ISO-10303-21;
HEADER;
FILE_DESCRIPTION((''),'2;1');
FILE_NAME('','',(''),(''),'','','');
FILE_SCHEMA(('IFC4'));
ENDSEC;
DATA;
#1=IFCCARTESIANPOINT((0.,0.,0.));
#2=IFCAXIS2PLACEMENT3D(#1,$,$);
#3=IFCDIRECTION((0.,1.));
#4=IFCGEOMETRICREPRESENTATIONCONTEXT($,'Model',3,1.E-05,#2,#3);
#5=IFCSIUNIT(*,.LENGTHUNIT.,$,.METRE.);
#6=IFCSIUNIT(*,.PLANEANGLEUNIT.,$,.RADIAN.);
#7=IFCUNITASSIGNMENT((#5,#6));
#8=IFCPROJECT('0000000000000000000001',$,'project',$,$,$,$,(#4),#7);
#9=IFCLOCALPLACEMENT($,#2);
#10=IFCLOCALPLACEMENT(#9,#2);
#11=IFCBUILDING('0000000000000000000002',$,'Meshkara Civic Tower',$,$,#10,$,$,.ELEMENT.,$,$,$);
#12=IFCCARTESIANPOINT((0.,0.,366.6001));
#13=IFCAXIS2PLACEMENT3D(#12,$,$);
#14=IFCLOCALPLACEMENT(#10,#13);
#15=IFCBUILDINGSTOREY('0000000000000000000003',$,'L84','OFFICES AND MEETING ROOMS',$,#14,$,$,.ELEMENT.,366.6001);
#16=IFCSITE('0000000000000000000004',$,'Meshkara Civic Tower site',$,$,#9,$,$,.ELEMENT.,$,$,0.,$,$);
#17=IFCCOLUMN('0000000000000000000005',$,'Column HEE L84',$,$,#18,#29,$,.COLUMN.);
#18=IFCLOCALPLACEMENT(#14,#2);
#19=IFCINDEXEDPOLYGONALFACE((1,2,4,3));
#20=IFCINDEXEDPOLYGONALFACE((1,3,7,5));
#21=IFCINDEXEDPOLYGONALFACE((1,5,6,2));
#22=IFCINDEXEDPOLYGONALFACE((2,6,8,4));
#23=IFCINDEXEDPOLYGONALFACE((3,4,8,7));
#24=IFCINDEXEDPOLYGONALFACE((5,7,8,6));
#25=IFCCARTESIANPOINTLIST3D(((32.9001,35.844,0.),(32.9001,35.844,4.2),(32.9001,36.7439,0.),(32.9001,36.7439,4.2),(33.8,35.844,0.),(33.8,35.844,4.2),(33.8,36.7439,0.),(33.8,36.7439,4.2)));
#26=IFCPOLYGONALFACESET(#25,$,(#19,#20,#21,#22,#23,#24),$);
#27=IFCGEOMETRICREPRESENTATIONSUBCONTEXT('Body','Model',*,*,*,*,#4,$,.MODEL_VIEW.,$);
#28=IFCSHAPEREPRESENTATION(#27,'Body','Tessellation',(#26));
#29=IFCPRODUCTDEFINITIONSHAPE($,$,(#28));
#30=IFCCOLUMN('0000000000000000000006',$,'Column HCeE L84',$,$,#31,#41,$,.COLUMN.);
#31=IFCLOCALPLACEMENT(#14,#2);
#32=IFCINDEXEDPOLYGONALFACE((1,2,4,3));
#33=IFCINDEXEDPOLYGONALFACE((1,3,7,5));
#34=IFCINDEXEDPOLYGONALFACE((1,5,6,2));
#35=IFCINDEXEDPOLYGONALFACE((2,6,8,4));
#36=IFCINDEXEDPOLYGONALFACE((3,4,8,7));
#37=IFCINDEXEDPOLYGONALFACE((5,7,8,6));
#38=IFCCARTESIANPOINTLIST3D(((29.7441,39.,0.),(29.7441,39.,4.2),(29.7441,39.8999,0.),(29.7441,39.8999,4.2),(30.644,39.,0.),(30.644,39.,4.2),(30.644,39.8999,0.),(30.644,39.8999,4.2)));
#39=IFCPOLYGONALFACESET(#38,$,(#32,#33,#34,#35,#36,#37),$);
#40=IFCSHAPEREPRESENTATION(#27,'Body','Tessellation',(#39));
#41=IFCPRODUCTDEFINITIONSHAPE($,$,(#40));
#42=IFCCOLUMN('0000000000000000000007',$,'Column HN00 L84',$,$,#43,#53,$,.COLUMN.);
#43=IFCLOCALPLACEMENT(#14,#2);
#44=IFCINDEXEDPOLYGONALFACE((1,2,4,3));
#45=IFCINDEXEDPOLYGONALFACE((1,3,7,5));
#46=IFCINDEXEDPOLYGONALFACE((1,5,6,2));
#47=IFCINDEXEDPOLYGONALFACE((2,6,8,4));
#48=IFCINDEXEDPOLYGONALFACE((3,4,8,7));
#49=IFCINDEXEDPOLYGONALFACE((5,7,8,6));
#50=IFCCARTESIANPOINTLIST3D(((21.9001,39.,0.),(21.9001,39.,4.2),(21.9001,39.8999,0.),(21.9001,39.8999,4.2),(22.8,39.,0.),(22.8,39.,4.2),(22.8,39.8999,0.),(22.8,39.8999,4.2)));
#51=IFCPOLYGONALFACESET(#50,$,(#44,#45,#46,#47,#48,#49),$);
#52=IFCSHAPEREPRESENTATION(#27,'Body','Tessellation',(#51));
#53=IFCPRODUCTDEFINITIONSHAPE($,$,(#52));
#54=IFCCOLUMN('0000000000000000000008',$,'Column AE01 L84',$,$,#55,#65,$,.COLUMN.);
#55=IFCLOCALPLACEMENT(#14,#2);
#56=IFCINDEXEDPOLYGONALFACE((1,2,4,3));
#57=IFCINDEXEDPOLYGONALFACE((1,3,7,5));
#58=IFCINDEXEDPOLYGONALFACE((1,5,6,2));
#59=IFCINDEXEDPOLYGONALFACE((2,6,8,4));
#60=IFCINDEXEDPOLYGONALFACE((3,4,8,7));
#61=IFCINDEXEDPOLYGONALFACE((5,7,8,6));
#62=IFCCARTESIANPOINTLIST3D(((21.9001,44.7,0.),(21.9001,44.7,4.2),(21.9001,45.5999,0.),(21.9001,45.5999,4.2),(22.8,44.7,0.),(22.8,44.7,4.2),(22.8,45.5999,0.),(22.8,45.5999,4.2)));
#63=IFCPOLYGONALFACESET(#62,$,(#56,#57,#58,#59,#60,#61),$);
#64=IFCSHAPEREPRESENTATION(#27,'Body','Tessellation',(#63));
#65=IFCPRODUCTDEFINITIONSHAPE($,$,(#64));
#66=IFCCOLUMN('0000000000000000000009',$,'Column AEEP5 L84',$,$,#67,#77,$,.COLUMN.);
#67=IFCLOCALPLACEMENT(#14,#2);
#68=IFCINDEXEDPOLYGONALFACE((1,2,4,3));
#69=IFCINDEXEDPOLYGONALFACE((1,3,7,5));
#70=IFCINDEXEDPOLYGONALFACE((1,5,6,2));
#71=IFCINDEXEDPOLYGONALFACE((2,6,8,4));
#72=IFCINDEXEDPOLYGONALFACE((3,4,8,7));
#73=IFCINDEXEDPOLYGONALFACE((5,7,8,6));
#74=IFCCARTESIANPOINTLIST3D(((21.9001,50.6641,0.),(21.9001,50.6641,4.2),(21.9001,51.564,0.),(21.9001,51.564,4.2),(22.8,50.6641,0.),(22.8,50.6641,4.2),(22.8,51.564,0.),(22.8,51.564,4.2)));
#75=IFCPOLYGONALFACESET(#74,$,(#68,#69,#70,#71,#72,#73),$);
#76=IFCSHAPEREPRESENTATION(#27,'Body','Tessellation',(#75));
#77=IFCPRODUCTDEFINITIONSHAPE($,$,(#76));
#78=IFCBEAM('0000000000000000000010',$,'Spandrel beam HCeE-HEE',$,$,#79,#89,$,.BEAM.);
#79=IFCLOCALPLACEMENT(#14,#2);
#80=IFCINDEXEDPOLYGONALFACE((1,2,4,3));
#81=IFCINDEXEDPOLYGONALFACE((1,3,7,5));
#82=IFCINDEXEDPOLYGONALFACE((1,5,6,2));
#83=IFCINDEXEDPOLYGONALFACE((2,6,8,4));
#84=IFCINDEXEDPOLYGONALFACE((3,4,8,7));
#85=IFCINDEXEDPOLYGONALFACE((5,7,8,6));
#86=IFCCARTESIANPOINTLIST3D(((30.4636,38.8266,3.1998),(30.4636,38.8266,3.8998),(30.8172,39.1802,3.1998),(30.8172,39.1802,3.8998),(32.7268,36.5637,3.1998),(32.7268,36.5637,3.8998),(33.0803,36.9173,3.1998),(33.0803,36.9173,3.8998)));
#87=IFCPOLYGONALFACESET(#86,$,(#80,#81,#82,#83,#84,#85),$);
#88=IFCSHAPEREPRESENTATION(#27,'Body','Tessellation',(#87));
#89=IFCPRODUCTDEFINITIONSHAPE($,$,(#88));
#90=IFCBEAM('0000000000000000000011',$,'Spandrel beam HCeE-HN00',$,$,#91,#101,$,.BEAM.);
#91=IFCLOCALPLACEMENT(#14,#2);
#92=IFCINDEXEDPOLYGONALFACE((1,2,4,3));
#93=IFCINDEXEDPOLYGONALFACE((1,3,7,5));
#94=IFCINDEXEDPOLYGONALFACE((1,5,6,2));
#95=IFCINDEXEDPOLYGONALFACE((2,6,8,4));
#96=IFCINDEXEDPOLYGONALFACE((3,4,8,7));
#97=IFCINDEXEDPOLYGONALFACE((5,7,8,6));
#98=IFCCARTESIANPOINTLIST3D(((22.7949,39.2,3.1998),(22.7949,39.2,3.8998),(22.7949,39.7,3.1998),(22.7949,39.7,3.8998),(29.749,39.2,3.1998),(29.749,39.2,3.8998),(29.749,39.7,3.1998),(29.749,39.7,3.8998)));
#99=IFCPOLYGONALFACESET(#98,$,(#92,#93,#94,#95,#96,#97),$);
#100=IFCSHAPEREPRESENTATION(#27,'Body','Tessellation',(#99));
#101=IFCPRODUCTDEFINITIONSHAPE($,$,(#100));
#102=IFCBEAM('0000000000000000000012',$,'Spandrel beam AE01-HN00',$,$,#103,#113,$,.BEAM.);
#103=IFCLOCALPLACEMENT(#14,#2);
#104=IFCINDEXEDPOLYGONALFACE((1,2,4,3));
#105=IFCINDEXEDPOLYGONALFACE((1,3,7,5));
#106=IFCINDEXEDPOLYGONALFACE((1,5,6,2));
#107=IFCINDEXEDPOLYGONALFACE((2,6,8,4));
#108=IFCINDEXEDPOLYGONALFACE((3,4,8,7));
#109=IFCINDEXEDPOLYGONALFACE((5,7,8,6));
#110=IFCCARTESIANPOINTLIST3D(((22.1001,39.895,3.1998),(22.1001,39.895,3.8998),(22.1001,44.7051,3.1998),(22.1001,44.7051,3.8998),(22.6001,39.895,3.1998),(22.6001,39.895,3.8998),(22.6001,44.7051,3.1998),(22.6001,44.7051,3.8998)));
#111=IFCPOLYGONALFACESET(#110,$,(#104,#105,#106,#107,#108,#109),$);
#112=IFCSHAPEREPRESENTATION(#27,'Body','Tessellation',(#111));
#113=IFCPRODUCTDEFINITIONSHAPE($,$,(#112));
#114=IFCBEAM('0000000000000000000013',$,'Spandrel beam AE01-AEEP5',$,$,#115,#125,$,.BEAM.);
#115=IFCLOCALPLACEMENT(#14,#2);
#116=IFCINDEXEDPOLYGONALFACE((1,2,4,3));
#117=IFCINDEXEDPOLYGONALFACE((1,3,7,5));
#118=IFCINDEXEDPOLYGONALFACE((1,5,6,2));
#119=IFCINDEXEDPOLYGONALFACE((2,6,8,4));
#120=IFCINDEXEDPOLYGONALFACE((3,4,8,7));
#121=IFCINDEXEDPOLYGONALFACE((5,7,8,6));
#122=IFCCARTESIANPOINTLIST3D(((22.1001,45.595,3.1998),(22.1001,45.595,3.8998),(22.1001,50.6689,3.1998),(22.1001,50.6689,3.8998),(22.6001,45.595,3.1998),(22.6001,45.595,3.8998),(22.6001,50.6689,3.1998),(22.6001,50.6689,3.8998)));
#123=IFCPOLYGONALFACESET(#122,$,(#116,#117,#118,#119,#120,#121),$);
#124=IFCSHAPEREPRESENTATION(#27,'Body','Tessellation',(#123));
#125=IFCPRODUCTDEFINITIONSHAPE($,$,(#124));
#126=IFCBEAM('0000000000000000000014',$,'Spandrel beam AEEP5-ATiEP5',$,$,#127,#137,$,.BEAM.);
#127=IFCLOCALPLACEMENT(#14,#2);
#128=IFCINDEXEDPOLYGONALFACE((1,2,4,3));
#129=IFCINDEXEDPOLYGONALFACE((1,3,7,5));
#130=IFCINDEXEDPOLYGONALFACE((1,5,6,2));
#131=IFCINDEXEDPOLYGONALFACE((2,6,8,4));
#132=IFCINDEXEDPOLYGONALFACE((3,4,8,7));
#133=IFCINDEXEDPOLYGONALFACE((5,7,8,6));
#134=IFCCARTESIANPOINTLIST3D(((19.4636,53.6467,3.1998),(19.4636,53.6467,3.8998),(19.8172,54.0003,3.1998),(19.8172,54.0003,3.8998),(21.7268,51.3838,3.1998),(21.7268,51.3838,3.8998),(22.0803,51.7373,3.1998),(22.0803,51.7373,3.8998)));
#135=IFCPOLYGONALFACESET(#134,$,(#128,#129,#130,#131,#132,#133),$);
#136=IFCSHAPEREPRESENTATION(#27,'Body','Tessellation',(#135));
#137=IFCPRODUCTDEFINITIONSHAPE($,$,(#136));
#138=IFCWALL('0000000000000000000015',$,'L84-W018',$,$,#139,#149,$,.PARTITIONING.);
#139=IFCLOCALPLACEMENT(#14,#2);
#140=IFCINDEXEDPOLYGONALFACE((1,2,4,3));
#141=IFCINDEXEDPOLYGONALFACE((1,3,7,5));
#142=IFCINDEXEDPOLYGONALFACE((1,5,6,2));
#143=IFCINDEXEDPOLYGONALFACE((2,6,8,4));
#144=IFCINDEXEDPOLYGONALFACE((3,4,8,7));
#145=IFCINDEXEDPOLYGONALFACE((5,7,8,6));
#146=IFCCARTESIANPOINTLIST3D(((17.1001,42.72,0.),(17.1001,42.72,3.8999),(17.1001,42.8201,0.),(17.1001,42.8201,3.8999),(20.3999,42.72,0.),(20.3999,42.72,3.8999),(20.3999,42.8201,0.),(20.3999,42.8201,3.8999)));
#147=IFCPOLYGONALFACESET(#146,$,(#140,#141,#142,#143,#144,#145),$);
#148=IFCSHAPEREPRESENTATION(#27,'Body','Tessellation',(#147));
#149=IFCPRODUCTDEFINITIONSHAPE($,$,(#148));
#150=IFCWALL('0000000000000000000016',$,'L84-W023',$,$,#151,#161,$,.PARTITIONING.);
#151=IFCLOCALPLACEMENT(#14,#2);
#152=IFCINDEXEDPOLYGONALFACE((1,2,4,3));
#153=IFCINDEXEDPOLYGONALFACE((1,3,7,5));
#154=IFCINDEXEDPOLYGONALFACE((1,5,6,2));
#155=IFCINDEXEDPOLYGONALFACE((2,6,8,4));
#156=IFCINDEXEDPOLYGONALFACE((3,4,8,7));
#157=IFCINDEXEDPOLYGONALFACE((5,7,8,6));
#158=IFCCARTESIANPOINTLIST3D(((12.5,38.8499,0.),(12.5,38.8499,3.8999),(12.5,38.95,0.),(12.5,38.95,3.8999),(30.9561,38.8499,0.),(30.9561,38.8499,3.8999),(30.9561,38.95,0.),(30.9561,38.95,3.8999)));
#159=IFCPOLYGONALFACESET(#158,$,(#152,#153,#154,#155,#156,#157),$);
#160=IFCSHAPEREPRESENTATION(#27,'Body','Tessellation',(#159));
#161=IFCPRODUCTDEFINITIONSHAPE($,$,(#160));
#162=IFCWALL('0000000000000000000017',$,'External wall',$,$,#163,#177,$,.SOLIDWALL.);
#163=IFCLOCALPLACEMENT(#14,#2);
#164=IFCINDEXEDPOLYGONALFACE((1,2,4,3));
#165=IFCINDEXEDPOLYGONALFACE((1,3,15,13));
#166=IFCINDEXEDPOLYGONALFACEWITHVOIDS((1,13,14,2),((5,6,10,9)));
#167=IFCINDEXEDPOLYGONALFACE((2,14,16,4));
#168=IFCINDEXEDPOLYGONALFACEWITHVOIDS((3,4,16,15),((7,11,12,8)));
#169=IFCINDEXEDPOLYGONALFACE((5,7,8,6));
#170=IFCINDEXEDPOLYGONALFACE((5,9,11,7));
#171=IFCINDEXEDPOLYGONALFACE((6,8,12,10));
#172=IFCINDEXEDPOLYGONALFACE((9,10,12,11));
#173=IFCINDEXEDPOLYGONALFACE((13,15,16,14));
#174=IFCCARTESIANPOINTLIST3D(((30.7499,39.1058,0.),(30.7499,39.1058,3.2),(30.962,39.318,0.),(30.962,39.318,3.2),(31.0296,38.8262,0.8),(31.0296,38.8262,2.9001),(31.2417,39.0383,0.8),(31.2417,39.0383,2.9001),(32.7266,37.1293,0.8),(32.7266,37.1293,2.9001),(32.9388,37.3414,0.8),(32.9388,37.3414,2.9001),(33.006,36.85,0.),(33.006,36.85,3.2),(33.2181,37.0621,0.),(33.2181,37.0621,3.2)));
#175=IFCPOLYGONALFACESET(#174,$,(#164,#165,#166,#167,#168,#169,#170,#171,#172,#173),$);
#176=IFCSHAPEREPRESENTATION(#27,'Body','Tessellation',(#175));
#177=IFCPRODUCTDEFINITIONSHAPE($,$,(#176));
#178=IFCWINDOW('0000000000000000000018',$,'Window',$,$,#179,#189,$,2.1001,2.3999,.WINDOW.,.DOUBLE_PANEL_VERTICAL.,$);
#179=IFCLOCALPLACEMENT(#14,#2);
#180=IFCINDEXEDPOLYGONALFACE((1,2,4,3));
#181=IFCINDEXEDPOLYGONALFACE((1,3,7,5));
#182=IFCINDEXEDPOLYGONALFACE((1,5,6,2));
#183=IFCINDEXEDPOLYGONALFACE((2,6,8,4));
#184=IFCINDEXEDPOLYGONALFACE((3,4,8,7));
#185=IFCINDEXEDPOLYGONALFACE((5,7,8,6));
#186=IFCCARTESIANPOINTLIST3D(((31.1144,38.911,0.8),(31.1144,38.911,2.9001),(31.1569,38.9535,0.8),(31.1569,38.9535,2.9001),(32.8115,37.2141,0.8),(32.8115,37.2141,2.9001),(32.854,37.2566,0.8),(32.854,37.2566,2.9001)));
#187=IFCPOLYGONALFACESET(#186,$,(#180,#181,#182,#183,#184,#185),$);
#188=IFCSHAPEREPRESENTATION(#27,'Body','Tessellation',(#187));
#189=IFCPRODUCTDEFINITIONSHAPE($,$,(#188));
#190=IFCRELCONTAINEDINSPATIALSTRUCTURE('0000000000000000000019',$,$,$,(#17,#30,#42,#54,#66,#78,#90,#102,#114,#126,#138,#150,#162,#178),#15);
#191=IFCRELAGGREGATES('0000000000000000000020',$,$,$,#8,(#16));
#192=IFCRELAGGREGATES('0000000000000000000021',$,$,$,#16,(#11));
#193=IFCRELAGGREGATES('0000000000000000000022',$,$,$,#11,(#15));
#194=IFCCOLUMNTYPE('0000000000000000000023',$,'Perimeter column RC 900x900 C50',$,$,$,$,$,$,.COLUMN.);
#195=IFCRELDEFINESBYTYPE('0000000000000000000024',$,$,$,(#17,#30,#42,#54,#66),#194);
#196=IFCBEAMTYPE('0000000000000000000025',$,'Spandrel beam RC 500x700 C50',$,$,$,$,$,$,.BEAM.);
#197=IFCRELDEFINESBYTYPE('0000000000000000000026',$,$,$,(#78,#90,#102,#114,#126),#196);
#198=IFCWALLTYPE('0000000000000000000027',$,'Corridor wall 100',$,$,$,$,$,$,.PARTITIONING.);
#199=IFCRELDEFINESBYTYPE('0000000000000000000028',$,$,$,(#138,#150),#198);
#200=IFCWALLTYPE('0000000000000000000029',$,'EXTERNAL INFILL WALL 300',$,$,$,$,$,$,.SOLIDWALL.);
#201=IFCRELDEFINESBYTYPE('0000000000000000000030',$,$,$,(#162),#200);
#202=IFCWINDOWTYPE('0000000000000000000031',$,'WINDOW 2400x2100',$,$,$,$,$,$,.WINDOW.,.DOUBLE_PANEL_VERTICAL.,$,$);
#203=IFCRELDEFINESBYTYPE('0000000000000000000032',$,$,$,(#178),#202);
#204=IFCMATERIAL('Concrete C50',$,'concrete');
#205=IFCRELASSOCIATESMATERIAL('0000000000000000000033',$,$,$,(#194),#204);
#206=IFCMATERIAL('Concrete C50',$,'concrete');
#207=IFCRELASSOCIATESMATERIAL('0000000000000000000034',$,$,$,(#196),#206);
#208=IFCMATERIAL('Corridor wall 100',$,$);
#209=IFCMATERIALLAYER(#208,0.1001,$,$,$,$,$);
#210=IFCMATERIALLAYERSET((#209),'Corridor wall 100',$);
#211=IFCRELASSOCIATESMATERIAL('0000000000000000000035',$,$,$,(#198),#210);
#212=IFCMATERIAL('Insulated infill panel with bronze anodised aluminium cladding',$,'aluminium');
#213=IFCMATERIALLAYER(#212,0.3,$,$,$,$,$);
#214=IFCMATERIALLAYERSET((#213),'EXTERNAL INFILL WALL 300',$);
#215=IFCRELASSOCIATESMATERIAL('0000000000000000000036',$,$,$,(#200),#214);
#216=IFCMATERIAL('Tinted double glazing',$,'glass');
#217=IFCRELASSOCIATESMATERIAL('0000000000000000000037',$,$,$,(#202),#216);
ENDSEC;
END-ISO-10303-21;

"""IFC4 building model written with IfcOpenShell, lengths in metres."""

from ifc_helpers import new_model, si_unit, direction, frame, frame_2d, origin, origin_2d, place, context, subcontext, project, spatial, rectangle, extrude, material, layer, layer_set, material_profile, profile_set, type_object, element, fill, save


model = new_model("IFC4")

# Units and contexts
model_context = context("Model", 3, precision=1e-05, world=origin(), true_north=direction((0.0, 1.0)))
body_context = subcontext(model_context, "Body", "Model", "MODEL_VIEW")
ifc_project = project(units=[si_unit("LENGTHUNIT", "METRE"), si_unit("PLANEANGLEUNIT", "RADIAN")], contexts=[model_context])

# Site, building, storey
site_placement = place(None, origin())
site = spatial("IfcSite", under=ifc_project, at=site_placement, Name="Meshkara Civic Tower site", CompositionType="ELEMENT", RefElevation=0.0)
building_placement = place(site_placement, origin())
building = spatial("IfcBuilding", under=site, at=building_placement, Name="Meshkara Civic Tower", CompositionType="ELEMENT")
storey_placement = place(building_placement, frame((0.0, 0.0, 366.6001)))
storey = spatial("IfcBuildingStorey", under=building, at=storey_placement, Name="L84", Description="OFFICES AND MEETING ROOMS", CompositionType="ELEMENT", Elevation=366.6001)

# Columns
ifc_material_1 = material(Name="Concrete C50", Category="concrete")
ifc_material_profile_1 = material_profile(ifc_material_1, rectangle(XDim=0.8999, YDim=0.8999, at=origin_2d()))
ifc_profile_set_1 = profile_set([ifc_material_profile_1], Name="Concrete C50")
column_type = type_object("IfcColumnType", Name="Perimeter column RC 900x900 C50", PredefinedType="COLUMN", material=ifc_profile_set_1)
for number, where, z_axis, x_axis, name in (
    (1, (33.3501, 36.2939, 0.0), (0.0, 0.0, 1.0), (1.0, 0.0, 0.0), "Column HEE L84"),
    (2, (30.1941, 39.45, 0.0), (0.0, 0.0, 1.0), (1.0, 0.0, 0.0), "Column HCeE L84"),
    (3, (22.3501, 39.45, 0.0), (0.0, 0.0, 1.0), (1.0, 0.0, 0.0), "Column HN00 L84"),
    (4, (22.3501, 45.1499, 0.0), (0.0, 0.0, 1.0), (1.0, 0.0, 0.0), "Column AE01 L84"),
    (5, (22.3501, 51.114, 0.0), (0.0, 0.0, 1.0), (1.0, 0.0, 0.0), "Column AEEP5 L84"),
):
    element("IfcColumn", number, at=place(storey_placement, frame(where, z_axis=z_axis, x_axis=x_axis)), inside=storey, type_object=column_type, Name=name, PredefinedType="COLUMN", context=body_context, shape_type="SweptSolid", body=[
        extrude(rectangle(XDim=0.8999, YDim=0.8999, at=origin_2d()), origin(), (0.0, 0.0, 1.0), 4.2),
    ])

# Beams
ifc_material_2 = material(Name="Concrete C50", Category="concrete")
ifc_material_profile_2 = material_profile(ifc_material_2, rectangle(XDim=0.5, YDim=0.7, at=origin_2d()))
ifc_profile_set_2 = profile_set([ifc_material_profile_2], Name="Concrete C50")
beam_type = type_object("IfcBeamType", Name="Spandrel beam RC 500x700 C50", PredefinedType="BEAM", material=ifc_profile_set_2)
beam_1_placement = place(storey_placement, frame((32.9036, 36.7405, 3.5498), z_axis=(-0.707145, 0.707069, 0.0), x_axis=(-0.707069, -0.707145, 0.0)))
element("IfcBeam", 6, at=beam_1_placement, inside=storey, type_object=beam_type, Name="Spandrel beam HCeE-HEE", PredefinedType="BEAM", context=body_context, shape_type="SweptSolid", body=[
    extrude(rectangle(XDim=0.5, YDim=0.7, at=origin_2d()), origin(), (0.0, 0.0, 1.0), 3.2004),
])
beam_2_placement = place(storey_placement, frame((29.749, 39.45, 3.5498), z_axis=(-1.0, 0.0, 0.0), x_axis=(0.0, -1.0, 0.0)))
element("IfcBeam", 7, at=beam_2_placement, inside=storey, type_object=beam_type, Name="Spandrel beam HCeE-HN00", PredefinedType="BEAM", context=body_context, shape_type="SweptSolid", body=[
    extrude(rectangle(XDim=0.5, YDim=0.7, at=origin_2d()), origin(), (0.0, 0.0, 1.0), 6.9541),
])
beam_3_placement = place(storey_placement, frame((22.3501, 39.895, 3.5498), z_axis=(0.0, 1.0, 0.0), x_axis=(-1.0, 0.0, 0.0)))
element("IfcBeam", 8, at=beam_3_placement, inside=storey, type_object=beam_type, Name="Spandrel beam AE01-HN00", PredefinedType="BEAM", context=body_context, shape_type="SweptSolid", body=[
    extrude(rectangle(XDim=0.5, YDim=0.7, at=origin_2d()), origin(), (0.0, 0.0, 1.0), 4.8101),
])
beam_4_placement = place(storey_placement, frame((22.3501, 45.595, 3.5498), z_axis=(0.0, 1.0, 0.0), x_axis=(-1.0, 0.0, 0.0)))
element("IfcBeam", 9, at=beam_4_placement, inside=storey, type_object=beam_type, Name="Spandrel beam AE01-AEEP5", PredefinedType="BEAM", context=body_context, shape_type="SweptSolid", body=[
    extrude(rectangle(XDim=0.5, YDim=0.7, at=origin_2d()), origin(), (0.0, 0.0, 1.0), 5.074),
])
beam_5_placement = place(storey_placement, frame((21.9036, 51.5605, 3.5498), z_axis=(-0.707145, 0.707069, 0.0), x_axis=(-0.707069, -0.707145, 0.0)))
element("IfcBeam", 10, at=beam_5_placement, inside=storey, type_object=beam_type, Name="Spandrel beam AEEP5-ATiEP5", PredefinedType="BEAM", context=body_context, shape_type="SweptSolid", body=[
    extrude(rectangle(XDim=0.5, YDim=0.7, at=origin_2d()), origin(), (0.0, 0.0, 1.0), 3.2004),
])

# Walls
ifc_material_3 = material(Name="Corridor wall 100")
ifc_layer_1 = layer(ifc_material_3, 0.1001)
ifc_layer_set_1 = layer_set([ifc_layer_1], Name="Corridor wall 100")
wall_type_1 = type_object("IfcWallType", Name="Corridor wall 100", PredefinedType="PARTITIONING", material=ifc_layer_set_1)
wall_1_placement = place(storey_placement, frame((20.3999, 42.77, 0.0), z_axis=(0.0, 0.0, 1.0), x_axis=(-1.0, 0.0, 0.0)))
element("IfcWall", 11, at=wall_1_placement, inside=storey, type_object=wall_type_1, Name="L84-W018", PredefinedType="PARTITIONING", context=body_context, shape_type="SweptSolid", body=[
    extrude(rectangle(XDim=3.2998, YDim=0.1001, at=frame_2d((1.6499, 0.0))), origin(), (0.0, 0.0, 1.0), 3.8999),
])
wall_2_placement = place(storey_placement, frame((30.9561, 38.8999, 0.0), z_axis=(0.0, 0.0, 1.0), x_axis=(-1.0, 0.0, 0.0)))
element("IfcWall", 12, at=wall_2_placement, inside=storey, type_object=wall_type_1, Name="L84-W023", PredefinedType="PARTITIONING", context=body_context, shape_type="SweptSolid", body=[
    extrude(rectangle(XDim=18.4561, YDim=0.1001, at=frame_2d((9.228, 0.0))), origin(), (0.0, 0.0, 1.0), 3.8999),
])

# Wall, opening, window
ifc_material_4 = material(Name="Insulated infill panel with bronze anodised aluminium cladding", Category="aluminium")
ifc_layer_2 = layer(ifc_material_4, 0.3)
ifc_layer_set_2 = layer_set([ifc_layer_2], Name="EXTERNAL INFILL WALL 300")
wall_type_2 = type_object("IfcWallType", Name="EXTERNAL INFILL WALL 300", PredefinedType="SOLIDWALL", material=ifc_layer_set_2)
wall_3_placement = place(storey_placement, frame((33.1121, 36.9561, 0.0), z_axis=(0.0, 0.0, 1.0), x_axis=(-0.707145, 0.707069, 0.0)))
wall_3 = element("IfcWall", 13, at=wall_3_placement, inside=storey, type_object=wall_type_2, Name="External wall", PredefinedType="SOLIDWALL", context=body_context, shape_type="SweptSolid", body=[
    extrude(rectangle(XDim=3.1904, YDim=0.3, at=frame_2d((1.5952, 0.0))), origin(), (0.0, 0.0, 1.0), 3.2),
])
opening_1_placement = place(wall_3_placement, frame((0.395, 0.0, 0.8)))
opening_1 = element("IfcOpeningElement", 14, at=opening_1_placement, cuts=wall_3, PredefinedType="OPENING", context=body_context, shape_type="SweptSolid", body=[
    extrude(rectangle(XDim=2.3999, YDim=2.1001, at=frame_2d((1.2, 1.05))), frame((0.0, 0.1599, 0.0), z_axis=(0.0, -1.0, 0.0), x_axis=(1.0, 0.0, 0.0)), (0.0, 0.0, 1.0), 0.3201),
])
ifc_material_5 = material(Name="Tinted double glazing", Category="glass")
window_type = type_object("IfcWindowType", Name="WINDOW 2400x2100", PartitioningType="DOUBLE_PANEL_VERTICAL", PredefinedType="WINDOW", material=ifc_material_5)
window_1_placement = place(opening_1_placement, origin())
window_1 = element("IfcWindow", 15, at=window_1_placement, inside=storey, type_object=window_type, Name="Window", OverallHeight=2.1001, OverallWidth=2.3999, PartitioningType="DOUBLE_PANEL_VERTICAL", PredefinedType="WINDOW", context=body_context, shape_type="SweptSolid", body=[
    extrude(rectangle(XDim=2.3999, YDim=2.1001, at=frame_2d((1.2, 1.05))), frame((0.0, 0.03, 0.0), z_axis=(0.0, -1.0, 0.0), x_axis=(1.0, 0.0, 0.0)), (0.0, 0.0, 1.0), 0.0601),
])
fill(opening_1, window_1)

save(model, "model.ifc")
